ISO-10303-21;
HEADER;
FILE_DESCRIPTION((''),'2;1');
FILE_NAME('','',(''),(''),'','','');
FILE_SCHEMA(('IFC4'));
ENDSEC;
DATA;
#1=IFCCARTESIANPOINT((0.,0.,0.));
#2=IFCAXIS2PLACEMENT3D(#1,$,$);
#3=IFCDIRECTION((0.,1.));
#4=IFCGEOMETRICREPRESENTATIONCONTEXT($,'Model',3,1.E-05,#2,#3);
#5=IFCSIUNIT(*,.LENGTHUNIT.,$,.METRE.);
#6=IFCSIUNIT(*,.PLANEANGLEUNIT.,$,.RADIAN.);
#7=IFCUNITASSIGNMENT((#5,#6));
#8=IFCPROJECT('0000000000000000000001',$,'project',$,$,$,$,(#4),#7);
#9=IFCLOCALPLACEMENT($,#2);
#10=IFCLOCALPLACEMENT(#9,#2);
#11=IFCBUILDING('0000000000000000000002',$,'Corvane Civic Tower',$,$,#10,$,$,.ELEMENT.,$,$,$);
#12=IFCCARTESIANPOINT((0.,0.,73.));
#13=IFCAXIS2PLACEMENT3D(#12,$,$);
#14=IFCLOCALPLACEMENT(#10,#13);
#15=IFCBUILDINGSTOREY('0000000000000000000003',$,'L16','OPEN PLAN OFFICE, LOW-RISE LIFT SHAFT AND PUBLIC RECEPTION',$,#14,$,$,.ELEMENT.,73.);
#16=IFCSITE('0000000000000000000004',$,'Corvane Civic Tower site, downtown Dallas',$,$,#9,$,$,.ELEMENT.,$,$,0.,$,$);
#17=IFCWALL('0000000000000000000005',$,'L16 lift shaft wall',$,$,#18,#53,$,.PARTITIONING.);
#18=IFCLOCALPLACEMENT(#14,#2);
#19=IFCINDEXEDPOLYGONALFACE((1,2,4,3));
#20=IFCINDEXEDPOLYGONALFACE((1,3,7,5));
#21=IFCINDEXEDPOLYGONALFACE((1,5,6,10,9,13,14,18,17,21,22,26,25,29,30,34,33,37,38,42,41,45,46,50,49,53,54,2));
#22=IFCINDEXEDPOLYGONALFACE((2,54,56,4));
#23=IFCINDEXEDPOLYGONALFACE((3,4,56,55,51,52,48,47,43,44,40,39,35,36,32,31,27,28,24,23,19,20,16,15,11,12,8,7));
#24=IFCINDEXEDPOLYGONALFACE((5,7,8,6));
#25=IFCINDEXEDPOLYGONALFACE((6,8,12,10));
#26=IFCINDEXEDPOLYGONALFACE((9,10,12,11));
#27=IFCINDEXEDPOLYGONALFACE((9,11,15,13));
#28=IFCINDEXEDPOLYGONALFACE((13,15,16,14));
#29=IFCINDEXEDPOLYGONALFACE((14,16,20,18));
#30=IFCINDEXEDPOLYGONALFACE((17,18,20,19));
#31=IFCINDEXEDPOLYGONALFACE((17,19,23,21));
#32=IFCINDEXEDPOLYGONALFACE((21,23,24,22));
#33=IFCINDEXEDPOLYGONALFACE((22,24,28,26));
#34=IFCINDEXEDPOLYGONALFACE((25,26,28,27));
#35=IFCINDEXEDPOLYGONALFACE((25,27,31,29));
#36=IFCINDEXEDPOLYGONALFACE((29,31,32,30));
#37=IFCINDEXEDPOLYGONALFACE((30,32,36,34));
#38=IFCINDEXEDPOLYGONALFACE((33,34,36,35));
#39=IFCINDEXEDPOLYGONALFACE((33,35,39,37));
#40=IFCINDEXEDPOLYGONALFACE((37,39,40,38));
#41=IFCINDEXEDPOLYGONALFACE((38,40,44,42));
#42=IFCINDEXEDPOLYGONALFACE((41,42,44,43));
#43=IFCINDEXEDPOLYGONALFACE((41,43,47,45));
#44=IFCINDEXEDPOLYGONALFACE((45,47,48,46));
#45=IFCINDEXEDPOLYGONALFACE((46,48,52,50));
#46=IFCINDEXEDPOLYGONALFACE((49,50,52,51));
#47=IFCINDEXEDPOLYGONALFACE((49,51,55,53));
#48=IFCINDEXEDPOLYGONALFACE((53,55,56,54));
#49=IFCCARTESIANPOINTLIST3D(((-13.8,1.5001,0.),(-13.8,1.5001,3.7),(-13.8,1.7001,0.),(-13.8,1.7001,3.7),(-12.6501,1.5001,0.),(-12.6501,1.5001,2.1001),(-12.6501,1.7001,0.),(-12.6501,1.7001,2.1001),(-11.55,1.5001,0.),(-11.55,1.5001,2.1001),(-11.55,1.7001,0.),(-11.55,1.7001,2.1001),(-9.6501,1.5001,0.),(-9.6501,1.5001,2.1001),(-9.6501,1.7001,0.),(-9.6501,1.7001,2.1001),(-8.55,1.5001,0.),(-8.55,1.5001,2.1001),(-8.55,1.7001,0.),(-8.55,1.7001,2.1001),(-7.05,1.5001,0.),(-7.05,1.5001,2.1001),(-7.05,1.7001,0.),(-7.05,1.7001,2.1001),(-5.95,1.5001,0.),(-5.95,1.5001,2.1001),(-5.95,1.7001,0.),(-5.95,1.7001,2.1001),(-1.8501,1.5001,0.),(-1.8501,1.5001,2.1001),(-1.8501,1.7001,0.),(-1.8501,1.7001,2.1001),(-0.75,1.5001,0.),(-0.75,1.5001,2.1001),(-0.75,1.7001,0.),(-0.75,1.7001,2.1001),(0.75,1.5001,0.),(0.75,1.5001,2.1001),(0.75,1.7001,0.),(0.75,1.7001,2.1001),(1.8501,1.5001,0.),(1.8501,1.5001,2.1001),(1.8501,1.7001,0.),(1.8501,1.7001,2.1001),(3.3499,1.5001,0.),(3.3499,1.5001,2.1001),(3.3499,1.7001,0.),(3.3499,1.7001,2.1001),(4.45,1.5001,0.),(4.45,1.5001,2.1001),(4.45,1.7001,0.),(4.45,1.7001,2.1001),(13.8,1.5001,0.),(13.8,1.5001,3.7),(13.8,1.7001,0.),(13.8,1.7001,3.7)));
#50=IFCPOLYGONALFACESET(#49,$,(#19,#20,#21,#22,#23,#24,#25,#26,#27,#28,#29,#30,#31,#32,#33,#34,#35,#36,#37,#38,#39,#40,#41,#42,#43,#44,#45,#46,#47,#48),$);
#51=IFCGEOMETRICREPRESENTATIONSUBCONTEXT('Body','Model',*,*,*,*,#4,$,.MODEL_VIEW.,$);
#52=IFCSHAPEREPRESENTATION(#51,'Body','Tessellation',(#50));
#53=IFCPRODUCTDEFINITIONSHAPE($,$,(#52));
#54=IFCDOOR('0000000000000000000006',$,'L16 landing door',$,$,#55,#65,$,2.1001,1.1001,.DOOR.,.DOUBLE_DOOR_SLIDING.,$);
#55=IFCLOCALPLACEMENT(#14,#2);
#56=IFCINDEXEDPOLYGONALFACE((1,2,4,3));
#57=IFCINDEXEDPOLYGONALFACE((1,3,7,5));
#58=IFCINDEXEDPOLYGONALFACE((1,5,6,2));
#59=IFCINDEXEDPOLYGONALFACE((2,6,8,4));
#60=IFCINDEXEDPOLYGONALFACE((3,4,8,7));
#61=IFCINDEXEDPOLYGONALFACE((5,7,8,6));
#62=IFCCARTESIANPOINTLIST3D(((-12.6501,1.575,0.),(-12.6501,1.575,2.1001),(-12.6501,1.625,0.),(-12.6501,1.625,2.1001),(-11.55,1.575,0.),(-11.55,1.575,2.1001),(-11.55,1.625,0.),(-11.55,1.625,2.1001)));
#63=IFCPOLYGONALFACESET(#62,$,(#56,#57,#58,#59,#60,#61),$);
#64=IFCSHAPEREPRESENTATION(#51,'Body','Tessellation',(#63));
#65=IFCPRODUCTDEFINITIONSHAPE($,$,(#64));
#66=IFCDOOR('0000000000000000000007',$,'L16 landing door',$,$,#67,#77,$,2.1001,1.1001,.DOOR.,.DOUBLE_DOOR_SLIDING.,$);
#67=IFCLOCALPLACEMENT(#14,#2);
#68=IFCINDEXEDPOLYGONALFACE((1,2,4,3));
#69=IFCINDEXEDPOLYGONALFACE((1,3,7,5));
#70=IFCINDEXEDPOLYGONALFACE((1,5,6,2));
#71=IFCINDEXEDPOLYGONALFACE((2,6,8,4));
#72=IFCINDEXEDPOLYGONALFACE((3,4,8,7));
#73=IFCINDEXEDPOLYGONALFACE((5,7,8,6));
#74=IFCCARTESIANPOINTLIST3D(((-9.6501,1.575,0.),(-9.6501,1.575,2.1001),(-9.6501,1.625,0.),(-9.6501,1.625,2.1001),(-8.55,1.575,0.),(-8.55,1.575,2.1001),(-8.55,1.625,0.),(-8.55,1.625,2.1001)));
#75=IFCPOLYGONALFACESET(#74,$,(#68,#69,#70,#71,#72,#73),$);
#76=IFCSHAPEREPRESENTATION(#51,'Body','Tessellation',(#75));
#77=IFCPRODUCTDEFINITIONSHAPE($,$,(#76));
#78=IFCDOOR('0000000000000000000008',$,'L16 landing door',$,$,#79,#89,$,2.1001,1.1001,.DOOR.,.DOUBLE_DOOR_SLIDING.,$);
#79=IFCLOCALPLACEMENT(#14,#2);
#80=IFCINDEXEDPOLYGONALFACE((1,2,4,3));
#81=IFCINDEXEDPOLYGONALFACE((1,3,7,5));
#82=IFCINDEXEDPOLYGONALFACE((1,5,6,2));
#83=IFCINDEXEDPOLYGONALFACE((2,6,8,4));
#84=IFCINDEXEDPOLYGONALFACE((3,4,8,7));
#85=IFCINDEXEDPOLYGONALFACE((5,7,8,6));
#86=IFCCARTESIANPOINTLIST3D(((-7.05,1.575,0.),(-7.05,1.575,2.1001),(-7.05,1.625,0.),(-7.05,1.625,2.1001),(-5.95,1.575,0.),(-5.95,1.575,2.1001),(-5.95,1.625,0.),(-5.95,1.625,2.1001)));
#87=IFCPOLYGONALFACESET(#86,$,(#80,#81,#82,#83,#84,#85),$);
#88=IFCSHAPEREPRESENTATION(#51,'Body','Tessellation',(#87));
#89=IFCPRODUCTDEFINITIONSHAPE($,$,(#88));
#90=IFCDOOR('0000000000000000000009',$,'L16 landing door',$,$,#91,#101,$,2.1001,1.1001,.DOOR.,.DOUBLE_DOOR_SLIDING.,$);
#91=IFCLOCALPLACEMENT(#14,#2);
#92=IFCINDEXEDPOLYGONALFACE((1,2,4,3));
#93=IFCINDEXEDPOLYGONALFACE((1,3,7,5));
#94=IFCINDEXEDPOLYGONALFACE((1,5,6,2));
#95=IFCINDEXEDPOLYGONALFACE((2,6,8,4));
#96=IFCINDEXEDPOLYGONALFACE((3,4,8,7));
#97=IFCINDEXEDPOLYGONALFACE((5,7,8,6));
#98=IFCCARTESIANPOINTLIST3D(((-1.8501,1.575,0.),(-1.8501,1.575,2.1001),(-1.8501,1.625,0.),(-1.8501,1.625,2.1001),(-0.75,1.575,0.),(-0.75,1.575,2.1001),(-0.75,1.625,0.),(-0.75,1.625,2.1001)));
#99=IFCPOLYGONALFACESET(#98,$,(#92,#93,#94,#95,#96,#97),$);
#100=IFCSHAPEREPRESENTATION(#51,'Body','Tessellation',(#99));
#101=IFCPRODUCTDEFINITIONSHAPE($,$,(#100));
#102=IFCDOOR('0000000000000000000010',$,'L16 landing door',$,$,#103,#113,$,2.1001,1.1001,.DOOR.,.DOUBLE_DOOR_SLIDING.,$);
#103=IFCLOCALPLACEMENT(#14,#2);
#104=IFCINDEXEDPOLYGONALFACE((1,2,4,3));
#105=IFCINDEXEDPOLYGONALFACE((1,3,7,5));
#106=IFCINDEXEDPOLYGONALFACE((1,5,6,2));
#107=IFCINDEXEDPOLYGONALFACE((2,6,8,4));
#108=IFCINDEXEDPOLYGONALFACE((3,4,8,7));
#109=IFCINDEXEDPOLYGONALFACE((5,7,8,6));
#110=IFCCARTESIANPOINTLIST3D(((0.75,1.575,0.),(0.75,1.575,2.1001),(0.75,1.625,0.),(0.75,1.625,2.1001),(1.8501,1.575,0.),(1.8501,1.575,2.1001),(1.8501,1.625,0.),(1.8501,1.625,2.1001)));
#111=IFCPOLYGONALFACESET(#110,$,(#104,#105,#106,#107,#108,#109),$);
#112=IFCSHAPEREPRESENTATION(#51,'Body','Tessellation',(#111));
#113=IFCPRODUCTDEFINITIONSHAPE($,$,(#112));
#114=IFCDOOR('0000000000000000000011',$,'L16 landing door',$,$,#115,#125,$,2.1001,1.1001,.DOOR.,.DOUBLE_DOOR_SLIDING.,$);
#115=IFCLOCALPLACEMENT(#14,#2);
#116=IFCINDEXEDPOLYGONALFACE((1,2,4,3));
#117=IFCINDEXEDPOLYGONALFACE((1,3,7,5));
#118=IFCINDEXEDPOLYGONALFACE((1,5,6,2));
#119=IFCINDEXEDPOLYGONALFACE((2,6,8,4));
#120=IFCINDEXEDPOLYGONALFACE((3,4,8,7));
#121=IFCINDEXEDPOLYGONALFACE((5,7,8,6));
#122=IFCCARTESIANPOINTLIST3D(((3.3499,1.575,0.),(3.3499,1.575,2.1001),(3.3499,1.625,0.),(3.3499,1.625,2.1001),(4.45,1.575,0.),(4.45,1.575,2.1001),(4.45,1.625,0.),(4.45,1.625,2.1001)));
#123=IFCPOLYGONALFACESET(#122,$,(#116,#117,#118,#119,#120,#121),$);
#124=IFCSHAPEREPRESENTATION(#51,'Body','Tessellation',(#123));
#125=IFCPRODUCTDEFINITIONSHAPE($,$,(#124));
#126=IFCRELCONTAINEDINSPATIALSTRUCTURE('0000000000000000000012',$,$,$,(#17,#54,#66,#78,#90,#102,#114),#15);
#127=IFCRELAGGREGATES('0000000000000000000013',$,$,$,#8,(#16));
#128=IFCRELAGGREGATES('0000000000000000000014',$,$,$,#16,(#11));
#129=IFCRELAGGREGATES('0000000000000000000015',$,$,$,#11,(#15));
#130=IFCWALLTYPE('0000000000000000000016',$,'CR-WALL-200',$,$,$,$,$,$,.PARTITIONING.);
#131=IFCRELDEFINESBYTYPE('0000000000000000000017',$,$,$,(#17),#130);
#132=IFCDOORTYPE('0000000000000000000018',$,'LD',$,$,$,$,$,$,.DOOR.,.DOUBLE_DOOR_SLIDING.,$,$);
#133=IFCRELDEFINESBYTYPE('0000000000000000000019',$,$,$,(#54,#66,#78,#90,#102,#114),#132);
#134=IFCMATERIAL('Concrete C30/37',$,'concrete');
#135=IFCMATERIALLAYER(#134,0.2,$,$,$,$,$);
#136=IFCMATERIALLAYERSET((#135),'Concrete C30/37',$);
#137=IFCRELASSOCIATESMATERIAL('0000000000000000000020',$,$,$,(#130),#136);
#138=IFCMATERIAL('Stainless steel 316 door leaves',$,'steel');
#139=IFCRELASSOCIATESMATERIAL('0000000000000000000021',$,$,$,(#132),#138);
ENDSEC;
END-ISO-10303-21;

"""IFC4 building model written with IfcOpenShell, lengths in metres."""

from ifc_helpers import new_model, si_unit, direction, frame, frame_2d, origin, place, context, subcontext, project, spatial, rectangle, extrude, material, layer, layer_set, type_object, element, fill, save


model = new_model("IFC4")

# Units and contexts
model_context = context("Model", 3, precision=1e-05, world=origin(), true_north=direction((0.0, 1.0)))
body_context = subcontext(model_context, "Body", "Model", "MODEL_VIEW")
ifc_project = project(units=[si_unit("LENGTHUNIT", "METRE"), si_unit("PLANEANGLEUNIT", "RADIAN")], contexts=[model_context])

# Site, building, storey
site_placement = place(None, origin())
site = spatial("IfcSite", under=ifc_project, at=site_placement, Name="Corvane Civic Tower site, downtown Dallas", CompositionType="ELEMENT", RefElevation=0.0)
building_placement = place(site_placement, origin())
building = spatial("IfcBuilding", under=site, at=building_placement, Name="Corvane Civic Tower", CompositionType="ELEMENT")
storey_placement = place(building_placement, frame((0.0, 0.0, 73.0)))
storey = spatial("IfcBuildingStorey", under=building, at=storey_placement, Name="L16", Description="OPEN PLAN OFFICE, LOW-RISE LIFT SHAFT AND PUBLIC RECEPTION", CompositionType="ELEMENT", Elevation=73.0)

# Wall, openings, doors
ifc_material_1 = material(Name="Concrete C30/37", Category="concrete")
ifc_layer_1 = layer(ifc_material_1, 0.2)
ifc_layer_set_1 = layer_set([ifc_layer_1], Name="Concrete C30/37")
wall_type_1 = type_object("IfcWallType", Name="CR-WALL-200", PredefinedType="PARTITIONING", material=ifc_layer_set_1)
wall_1_placement = place(storey_placement, frame((-13.8, 1.6001, 0.0), z_axis=(0.0, 0.0, 1.0), x_axis=(1.0, 0.0, 0.0)))
wall_1 = element("IfcWall", 1, at=wall_1_placement, inside=storey, type_object=wall_type_1, Name="L16 lift shaft wall", PredefinedType="PARTITIONING", context=body_context, shape_type="SweptSolid", body=[
    extrude(rectangle(XDim=27.6001, YDim=0.2, at=frame_2d((13.8, 0.0))), origin(), (0.0, 0.0, 1.0), 3.7),
])
opening_1_placement = place(wall_1_placement, frame((1.1499, 0.0, 0.0)))
opening_1 = element("IfcOpeningElement", 2, at=opening_1_placement, cuts=wall_1, PredefinedType="OPENING", context=body_context, shape_type="SweptSolid", body=[
    extrude(rectangle(XDim=1.1001, YDim=2.1001, at=frame_2d((0.55, 1.05))), frame((0.0, 0.1099, 0.0), z_axis=(0.0, -1.0, 0.0), x_axis=(1.0, 0.0, 0.0)), (0.0, 0.0, 1.0), 0.22),
])
opening_2_placement = place(wall_1_placement, frame((4.1499, 0.0, 0.0)))
opening_2 = element("IfcOpeningElement", 3, at=opening_2_placement, cuts=wall_1, PredefinedType="OPENING", context=body_context, shape_type="SweptSolid", body=[
    extrude(rectangle(XDim=1.1001, YDim=2.1001, at=frame_2d((0.55, 1.05))), frame((0.0, 0.1099, 0.0), z_axis=(0.0, -1.0, 0.0), x_axis=(1.0, 0.0, 0.0)), (0.0, 0.0, 1.0), 0.22),
])
opening_3_placement = place(wall_1_placement, frame((6.75, 0.0, 0.0)))
opening_3 = element("IfcOpeningElement", 4, at=opening_3_placement, cuts=wall_1, PredefinedType="OPENING", context=body_context, shape_type="SweptSolid", body=[
    extrude(rectangle(XDim=1.1001, YDim=2.1001, at=frame_2d((0.55, 1.05))), frame((0.0, 0.1099, 0.0), z_axis=(0.0, -1.0, 0.0), x_axis=(1.0, 0.0, 0.0)), (0.0, 0.0, 1.0), 0.22),
])
opening_4_placement = place(wall_1_placement, frame((11.95, 0.0, 0.0)))
opening_4 = element("IfcOpeningElement", 5, at=opening_4_placement, cuts=wall_1, PredefinedType="OPENING", context=body_context, shape_type="SweptSolid", body=[
    extrude(rectangle(XDim=1.1001, YDim=2.1001, at=frame_2d((0.55, 1.05))), frame((0.0, 0.1099, 0.0), z_axis=(0.0, -1.0, 0.0), x_axis=(1.0, 0.0, 0.0)), (0.0, 0.0, 1.0), 0.22),
])
opening_5_placement = place(wall_1_placement, frame((14.55, 0.0, 0.0)))
opening_5 = element("IfcOpeningElement", 6, at=opening_5_placement, cuts=wall_1, PredefinedType="OPENING", context=body_context, shape_type="SweptSolid", body=[
    extrude(rectangle(XDim=1.1001, YDim=2.1001, at=frame_2d((0.55, 1.05))), frame((0.0, 0.1099, 0.0), z_axis=(0.0, -1.0, 0.0), x_axis=(1.0, 0.0, 0.0)), (0.0, 0.0, 1.0), 0.22),
])
opening_6_placement = place(wall_1_placement, frame((17.1499, 0.0, 0.0)))
opening_6 = element("IfcOpeningElement", 7, at=opening_6_placement, cuts=wall_1, PredefinedType="OPENING", context=body_context, shape_type="SweptSolid", body=[
    extrude(rectangle(XDim=1.1001, YDim=2.1001, at=frame_2d((0.55, 1.05))), frame((0.0, 0.1099, 0.0), z_axis=(0.0, -1.0, 0.0), x_axis=(1.0, 0.0, 0.0)), (0.0, 0.0, 1.0), 0.22),
])
ifc_material_2 = material(Name="Stainless steel 316 door leaves", Category="steel")
door_type_1 = type_object("IfcDoorType", Name="LD", OperationType="DOUBLE_DOOR_SLIDING", PredefinedType="DOOR", material=ifc_material_2)
door_1_placement = place(opening_1_placement, origin())
door_1 = element("IfcDoor", 8, at=door_1_placement, inside=storey, type_object=door_type_1, Name="L16 landing door", OperationType="DOUBLE_DOOR_SLIDING", OverallHeight=2.1001, OverallWidth=1.1001, PredefinedType="DOOR", context=body_context, shape_type="SweptSolid", body=[
    extrude(rectangle(XDim=1.1001, YDim=2.1001, at=frame_2d((0.55, 1.05))), frame((0.0, 0.0249, 0.0), z_axis=(0.0, -1.0, 0.0), x_axis=(1.0, 0.0, 0.0)), (0.0, 0.0, 1.0), 0.05),
])
fill(opening_1, door_1)
door_2_placement = place(opening_2_placement, origin())
door_2 = element("IfcDoor", 9, at=door_2_placement, inside=storey, type_object=door_type_1, Name="L16 landing door", OperationType="DOUBLE_DOOR_SLIDING", OverallHeight=2.1001, OverallWidth=1.1001, PredefinedType="DOOR", context=body_context, shape_type="SweptSolid", body=[
    extrude(rectangle(XDim=1.1001, YDim=2.1001, at=frame_2d((0.55, 1.05))), frame((0.0, 0.0249, 0.0), z_axis=(0.0, -1.0, 0.0), x_axis=(1.0, 0.0, 0.0)), (0.0, 0.0, 1.0), 0.05),
])
fill(opening_2, door_2)
door_3_placement = place(opening_3_placement, origin())
door_3 = element("IfcDoor", 10, at=door_3_placement, inside=storey, type_object=door_type_1, Name="L16 landing door", OperationType="DOUBLE_DOOR_SLIDING", OverallHeight=2.1001, OverallWidth=1.1001, PredefinedType="DOOR", context=body_context, shape_type="SweptSolid", body=[
    extrude(rectangle(XDim=1.1001, YDim=2.1001, at=frame_2d((0.55, 1.05))), frame((0.0, 0.0249, 0.0), z_axis=(0.0, -1.0, 0.0), x_axis=(1.0, 0.0, 0.0)), (0.0, 0.0, 1.0), 0.05),
])
fill(opening_3, door_3)
door_4_placement = place(opening_4_placement, origin())
door_4 = element("IfcDoor", 11, at=door_4_placement, inside=storey, type_object=door_type_1, Name="L16 landing door", OperationType="DOUBLE_DOOR_SLIDING", OverallHeight=2.1001, OverallWidth=1.1001, PredefinedType="DOOR", context=body_context, shape_type="SweptSolid", body=[
    extrude(rectangle(XDim=1.1001, YDim=2.1001, at=frame_2d((0.55, 1.05))), frame((0.0, 0.0249, 0.0), z_axis=(0.0, -1.0, 0.0), x_axis=(1.0, 0.0, 0.0)), (0.0, 0.0, 1.0), 0.05),
])
fill(opening_4, door_4)
door_5_placement = place(opening_5_placement, origin())
door_5 = element("IfcDoor", 12, at=door_5_placement, inside=storey, type_object=door_type_1, Name="L16 landing door", OperationType="DOUBLE_DOOR_SLIDING", OverallHeight=2.1001, OverallWidth=1.1001, PredefinedType="DOOR", context=body_context, shape_type="SweptSolid", body=[
    extrude(rectangle(XDim=1.1001, YDim=2.1001, at=frame_2d((0.55, 1.05))), frame((0.0, 0.0249, 0.0), z_axis=(0.0, -1.0, 0.0), x_axis=(1.0, 0.0, 0.0)), (0.0, 0.0, 1.0), 0.05),
])
fill(opening_5, door_5)
door_6_placement = place(opening_6_placement, origin())
door_6 = element("IfcDoor", 13, at=door_6_placement, inside=storey, type_object=door_type_1, Name="L16 landing door", OperationType="DOUBLE_DOOR_SLIDING", OverallHeight=2.1001, OverallWidth=1.1001, PredefinedType="DOOR", context=body_context, shape_type="SweptSolid", body=[
    extrude(rectangle(XDim=1.1001, YDim=2.1001, at=frame_2d((0.55, 1.05))), frame((0.0, 0.0249, 0.0), z_axis=(0.0, -1.0, 0.0), x_axis=(1.0, 0.0, 0.0)), (0.0, 0.0, 1.0), 0.05),
])
fill(opening_6, door_6)

save(model, "model.ifc")
